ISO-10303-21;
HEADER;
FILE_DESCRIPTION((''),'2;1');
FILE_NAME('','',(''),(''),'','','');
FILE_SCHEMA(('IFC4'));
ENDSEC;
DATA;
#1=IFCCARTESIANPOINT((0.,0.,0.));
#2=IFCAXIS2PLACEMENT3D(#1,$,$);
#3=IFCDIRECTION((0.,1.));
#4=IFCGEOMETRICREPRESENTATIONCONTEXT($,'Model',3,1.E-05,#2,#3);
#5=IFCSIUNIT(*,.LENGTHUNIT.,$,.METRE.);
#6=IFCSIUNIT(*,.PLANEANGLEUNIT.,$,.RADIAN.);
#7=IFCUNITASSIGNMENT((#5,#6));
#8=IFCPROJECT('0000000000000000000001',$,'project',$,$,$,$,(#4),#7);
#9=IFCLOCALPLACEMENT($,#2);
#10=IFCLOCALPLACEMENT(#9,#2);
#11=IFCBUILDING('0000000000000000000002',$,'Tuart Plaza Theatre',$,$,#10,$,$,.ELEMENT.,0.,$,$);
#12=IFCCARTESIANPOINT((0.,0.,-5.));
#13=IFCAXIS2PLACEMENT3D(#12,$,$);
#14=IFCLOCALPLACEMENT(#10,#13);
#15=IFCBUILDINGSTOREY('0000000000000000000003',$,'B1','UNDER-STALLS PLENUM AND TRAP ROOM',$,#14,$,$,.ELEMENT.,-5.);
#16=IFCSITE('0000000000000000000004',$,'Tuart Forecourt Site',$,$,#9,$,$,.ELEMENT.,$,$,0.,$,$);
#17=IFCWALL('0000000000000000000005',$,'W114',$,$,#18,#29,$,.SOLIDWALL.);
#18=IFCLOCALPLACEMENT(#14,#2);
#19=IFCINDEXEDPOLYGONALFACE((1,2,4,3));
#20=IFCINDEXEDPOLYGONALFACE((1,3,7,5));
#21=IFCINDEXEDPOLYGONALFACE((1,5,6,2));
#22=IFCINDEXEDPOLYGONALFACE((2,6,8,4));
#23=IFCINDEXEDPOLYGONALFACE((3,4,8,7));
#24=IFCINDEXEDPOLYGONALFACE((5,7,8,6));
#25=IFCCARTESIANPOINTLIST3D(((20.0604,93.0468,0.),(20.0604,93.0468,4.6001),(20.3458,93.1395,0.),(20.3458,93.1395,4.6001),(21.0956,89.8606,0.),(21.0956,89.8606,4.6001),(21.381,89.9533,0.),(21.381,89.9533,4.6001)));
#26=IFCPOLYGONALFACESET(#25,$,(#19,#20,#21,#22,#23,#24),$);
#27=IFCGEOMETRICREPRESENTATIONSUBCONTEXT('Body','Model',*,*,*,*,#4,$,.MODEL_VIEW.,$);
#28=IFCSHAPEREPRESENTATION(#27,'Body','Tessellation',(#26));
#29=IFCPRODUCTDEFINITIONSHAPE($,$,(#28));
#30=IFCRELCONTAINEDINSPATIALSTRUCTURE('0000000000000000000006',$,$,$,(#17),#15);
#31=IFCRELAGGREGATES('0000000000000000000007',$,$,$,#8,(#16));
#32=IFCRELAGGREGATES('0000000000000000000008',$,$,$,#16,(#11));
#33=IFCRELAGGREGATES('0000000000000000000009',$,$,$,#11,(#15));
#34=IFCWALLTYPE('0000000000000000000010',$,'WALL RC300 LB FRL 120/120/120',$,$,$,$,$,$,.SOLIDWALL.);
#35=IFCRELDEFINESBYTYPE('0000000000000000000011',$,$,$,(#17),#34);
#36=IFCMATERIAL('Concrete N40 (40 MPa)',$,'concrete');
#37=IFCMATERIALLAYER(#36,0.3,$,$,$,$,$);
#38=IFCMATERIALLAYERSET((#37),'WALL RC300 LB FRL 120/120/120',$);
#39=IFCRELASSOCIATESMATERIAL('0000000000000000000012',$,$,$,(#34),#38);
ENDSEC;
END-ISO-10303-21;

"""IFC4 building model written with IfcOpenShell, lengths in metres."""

from ifc_helpers import new_model, si_unit, direction, frame, frame_2d, origin, place, context, subcontext, project, spatial, rectangle, extrude, material, layer, layer_set, type_object, element, save


model = new_model("IFC4")

# Units and contexts
model_context = context("Model", 3, precision=1e-05, world=origin(), true_north=direction((0.0, 1.0)))
body_context = subcontext(model_context, "Body", "Model", "MODEL_VIEW")
ifc_project = project(units=[si_unit("LENGTHUNIT", "METRE"), si_unit("PLANEANGLEUNIT", "RADIAN")], contexts=[model_context])

# Site, building, storey
site_placement = place(None, origin())
site = spatial("IfcSite", under=ifc_project, at=site_placement, Name="Tuart Forecourt Site", CompositionType="ELEMENT", RefElevation=0.0)
building_placement = place(site_placement, origin())
building = spatial("IfcBuilding", under=site, at=building_placement, Name="Tuart Plaza Theatre", CompositionType="ELEMENT", ElevationOfRefHeight=0.0)
storey_placement = place(building_placement, frame((0.0, 0.0, -5.0)))
storey = spatial("IfcBuildingStorey", under=building, at=storey_placement, Name="B1", Description="UNDER-STALLS PLENUM AND TRAP ROOM", CompositionType="ELEMENT", Elevation=-5.0)

# Shared definitions
ifc_material_1 = material(Name="Concrete N40 (40 MPa)", Category="concrete")
ifc_layer_1 = layer(ifc_material_1, 0.3)
ifc_layer_set_1 = layer_set([ifc_layer_1], Name="WALL RC300 LB FRL 120/120/120")
wall_type_1 = type_object("IfcWallType", Name="WALL RC300 LB FRL 120/120/120", PredefinedType="SOLIDWALL", material=ifc_layer_set_1)

# Wall
wall_1_placement = place(storey_placement, frame((21.2383, 89.907, 0.0), z_axis=(0.0, 0.0, 1.0), x_axis=(-0.309004, 0.951061, 0.0)))
element("IfcWall", 1, at=wall_1_placement, inside=storey, type_object=wall_type_1, Name="W114", PredefinedType="SOLIDWALL", context=body_context, shape_type="SweptSolid", body=[
    extrude(rectangle(XDim=3.3501, YDim=0.3, at=frame_2d((1.675, 0.0))), origin(), (0.0, 0.0, 1.0), 4.6001),
])

save(model, "model.ifc")
